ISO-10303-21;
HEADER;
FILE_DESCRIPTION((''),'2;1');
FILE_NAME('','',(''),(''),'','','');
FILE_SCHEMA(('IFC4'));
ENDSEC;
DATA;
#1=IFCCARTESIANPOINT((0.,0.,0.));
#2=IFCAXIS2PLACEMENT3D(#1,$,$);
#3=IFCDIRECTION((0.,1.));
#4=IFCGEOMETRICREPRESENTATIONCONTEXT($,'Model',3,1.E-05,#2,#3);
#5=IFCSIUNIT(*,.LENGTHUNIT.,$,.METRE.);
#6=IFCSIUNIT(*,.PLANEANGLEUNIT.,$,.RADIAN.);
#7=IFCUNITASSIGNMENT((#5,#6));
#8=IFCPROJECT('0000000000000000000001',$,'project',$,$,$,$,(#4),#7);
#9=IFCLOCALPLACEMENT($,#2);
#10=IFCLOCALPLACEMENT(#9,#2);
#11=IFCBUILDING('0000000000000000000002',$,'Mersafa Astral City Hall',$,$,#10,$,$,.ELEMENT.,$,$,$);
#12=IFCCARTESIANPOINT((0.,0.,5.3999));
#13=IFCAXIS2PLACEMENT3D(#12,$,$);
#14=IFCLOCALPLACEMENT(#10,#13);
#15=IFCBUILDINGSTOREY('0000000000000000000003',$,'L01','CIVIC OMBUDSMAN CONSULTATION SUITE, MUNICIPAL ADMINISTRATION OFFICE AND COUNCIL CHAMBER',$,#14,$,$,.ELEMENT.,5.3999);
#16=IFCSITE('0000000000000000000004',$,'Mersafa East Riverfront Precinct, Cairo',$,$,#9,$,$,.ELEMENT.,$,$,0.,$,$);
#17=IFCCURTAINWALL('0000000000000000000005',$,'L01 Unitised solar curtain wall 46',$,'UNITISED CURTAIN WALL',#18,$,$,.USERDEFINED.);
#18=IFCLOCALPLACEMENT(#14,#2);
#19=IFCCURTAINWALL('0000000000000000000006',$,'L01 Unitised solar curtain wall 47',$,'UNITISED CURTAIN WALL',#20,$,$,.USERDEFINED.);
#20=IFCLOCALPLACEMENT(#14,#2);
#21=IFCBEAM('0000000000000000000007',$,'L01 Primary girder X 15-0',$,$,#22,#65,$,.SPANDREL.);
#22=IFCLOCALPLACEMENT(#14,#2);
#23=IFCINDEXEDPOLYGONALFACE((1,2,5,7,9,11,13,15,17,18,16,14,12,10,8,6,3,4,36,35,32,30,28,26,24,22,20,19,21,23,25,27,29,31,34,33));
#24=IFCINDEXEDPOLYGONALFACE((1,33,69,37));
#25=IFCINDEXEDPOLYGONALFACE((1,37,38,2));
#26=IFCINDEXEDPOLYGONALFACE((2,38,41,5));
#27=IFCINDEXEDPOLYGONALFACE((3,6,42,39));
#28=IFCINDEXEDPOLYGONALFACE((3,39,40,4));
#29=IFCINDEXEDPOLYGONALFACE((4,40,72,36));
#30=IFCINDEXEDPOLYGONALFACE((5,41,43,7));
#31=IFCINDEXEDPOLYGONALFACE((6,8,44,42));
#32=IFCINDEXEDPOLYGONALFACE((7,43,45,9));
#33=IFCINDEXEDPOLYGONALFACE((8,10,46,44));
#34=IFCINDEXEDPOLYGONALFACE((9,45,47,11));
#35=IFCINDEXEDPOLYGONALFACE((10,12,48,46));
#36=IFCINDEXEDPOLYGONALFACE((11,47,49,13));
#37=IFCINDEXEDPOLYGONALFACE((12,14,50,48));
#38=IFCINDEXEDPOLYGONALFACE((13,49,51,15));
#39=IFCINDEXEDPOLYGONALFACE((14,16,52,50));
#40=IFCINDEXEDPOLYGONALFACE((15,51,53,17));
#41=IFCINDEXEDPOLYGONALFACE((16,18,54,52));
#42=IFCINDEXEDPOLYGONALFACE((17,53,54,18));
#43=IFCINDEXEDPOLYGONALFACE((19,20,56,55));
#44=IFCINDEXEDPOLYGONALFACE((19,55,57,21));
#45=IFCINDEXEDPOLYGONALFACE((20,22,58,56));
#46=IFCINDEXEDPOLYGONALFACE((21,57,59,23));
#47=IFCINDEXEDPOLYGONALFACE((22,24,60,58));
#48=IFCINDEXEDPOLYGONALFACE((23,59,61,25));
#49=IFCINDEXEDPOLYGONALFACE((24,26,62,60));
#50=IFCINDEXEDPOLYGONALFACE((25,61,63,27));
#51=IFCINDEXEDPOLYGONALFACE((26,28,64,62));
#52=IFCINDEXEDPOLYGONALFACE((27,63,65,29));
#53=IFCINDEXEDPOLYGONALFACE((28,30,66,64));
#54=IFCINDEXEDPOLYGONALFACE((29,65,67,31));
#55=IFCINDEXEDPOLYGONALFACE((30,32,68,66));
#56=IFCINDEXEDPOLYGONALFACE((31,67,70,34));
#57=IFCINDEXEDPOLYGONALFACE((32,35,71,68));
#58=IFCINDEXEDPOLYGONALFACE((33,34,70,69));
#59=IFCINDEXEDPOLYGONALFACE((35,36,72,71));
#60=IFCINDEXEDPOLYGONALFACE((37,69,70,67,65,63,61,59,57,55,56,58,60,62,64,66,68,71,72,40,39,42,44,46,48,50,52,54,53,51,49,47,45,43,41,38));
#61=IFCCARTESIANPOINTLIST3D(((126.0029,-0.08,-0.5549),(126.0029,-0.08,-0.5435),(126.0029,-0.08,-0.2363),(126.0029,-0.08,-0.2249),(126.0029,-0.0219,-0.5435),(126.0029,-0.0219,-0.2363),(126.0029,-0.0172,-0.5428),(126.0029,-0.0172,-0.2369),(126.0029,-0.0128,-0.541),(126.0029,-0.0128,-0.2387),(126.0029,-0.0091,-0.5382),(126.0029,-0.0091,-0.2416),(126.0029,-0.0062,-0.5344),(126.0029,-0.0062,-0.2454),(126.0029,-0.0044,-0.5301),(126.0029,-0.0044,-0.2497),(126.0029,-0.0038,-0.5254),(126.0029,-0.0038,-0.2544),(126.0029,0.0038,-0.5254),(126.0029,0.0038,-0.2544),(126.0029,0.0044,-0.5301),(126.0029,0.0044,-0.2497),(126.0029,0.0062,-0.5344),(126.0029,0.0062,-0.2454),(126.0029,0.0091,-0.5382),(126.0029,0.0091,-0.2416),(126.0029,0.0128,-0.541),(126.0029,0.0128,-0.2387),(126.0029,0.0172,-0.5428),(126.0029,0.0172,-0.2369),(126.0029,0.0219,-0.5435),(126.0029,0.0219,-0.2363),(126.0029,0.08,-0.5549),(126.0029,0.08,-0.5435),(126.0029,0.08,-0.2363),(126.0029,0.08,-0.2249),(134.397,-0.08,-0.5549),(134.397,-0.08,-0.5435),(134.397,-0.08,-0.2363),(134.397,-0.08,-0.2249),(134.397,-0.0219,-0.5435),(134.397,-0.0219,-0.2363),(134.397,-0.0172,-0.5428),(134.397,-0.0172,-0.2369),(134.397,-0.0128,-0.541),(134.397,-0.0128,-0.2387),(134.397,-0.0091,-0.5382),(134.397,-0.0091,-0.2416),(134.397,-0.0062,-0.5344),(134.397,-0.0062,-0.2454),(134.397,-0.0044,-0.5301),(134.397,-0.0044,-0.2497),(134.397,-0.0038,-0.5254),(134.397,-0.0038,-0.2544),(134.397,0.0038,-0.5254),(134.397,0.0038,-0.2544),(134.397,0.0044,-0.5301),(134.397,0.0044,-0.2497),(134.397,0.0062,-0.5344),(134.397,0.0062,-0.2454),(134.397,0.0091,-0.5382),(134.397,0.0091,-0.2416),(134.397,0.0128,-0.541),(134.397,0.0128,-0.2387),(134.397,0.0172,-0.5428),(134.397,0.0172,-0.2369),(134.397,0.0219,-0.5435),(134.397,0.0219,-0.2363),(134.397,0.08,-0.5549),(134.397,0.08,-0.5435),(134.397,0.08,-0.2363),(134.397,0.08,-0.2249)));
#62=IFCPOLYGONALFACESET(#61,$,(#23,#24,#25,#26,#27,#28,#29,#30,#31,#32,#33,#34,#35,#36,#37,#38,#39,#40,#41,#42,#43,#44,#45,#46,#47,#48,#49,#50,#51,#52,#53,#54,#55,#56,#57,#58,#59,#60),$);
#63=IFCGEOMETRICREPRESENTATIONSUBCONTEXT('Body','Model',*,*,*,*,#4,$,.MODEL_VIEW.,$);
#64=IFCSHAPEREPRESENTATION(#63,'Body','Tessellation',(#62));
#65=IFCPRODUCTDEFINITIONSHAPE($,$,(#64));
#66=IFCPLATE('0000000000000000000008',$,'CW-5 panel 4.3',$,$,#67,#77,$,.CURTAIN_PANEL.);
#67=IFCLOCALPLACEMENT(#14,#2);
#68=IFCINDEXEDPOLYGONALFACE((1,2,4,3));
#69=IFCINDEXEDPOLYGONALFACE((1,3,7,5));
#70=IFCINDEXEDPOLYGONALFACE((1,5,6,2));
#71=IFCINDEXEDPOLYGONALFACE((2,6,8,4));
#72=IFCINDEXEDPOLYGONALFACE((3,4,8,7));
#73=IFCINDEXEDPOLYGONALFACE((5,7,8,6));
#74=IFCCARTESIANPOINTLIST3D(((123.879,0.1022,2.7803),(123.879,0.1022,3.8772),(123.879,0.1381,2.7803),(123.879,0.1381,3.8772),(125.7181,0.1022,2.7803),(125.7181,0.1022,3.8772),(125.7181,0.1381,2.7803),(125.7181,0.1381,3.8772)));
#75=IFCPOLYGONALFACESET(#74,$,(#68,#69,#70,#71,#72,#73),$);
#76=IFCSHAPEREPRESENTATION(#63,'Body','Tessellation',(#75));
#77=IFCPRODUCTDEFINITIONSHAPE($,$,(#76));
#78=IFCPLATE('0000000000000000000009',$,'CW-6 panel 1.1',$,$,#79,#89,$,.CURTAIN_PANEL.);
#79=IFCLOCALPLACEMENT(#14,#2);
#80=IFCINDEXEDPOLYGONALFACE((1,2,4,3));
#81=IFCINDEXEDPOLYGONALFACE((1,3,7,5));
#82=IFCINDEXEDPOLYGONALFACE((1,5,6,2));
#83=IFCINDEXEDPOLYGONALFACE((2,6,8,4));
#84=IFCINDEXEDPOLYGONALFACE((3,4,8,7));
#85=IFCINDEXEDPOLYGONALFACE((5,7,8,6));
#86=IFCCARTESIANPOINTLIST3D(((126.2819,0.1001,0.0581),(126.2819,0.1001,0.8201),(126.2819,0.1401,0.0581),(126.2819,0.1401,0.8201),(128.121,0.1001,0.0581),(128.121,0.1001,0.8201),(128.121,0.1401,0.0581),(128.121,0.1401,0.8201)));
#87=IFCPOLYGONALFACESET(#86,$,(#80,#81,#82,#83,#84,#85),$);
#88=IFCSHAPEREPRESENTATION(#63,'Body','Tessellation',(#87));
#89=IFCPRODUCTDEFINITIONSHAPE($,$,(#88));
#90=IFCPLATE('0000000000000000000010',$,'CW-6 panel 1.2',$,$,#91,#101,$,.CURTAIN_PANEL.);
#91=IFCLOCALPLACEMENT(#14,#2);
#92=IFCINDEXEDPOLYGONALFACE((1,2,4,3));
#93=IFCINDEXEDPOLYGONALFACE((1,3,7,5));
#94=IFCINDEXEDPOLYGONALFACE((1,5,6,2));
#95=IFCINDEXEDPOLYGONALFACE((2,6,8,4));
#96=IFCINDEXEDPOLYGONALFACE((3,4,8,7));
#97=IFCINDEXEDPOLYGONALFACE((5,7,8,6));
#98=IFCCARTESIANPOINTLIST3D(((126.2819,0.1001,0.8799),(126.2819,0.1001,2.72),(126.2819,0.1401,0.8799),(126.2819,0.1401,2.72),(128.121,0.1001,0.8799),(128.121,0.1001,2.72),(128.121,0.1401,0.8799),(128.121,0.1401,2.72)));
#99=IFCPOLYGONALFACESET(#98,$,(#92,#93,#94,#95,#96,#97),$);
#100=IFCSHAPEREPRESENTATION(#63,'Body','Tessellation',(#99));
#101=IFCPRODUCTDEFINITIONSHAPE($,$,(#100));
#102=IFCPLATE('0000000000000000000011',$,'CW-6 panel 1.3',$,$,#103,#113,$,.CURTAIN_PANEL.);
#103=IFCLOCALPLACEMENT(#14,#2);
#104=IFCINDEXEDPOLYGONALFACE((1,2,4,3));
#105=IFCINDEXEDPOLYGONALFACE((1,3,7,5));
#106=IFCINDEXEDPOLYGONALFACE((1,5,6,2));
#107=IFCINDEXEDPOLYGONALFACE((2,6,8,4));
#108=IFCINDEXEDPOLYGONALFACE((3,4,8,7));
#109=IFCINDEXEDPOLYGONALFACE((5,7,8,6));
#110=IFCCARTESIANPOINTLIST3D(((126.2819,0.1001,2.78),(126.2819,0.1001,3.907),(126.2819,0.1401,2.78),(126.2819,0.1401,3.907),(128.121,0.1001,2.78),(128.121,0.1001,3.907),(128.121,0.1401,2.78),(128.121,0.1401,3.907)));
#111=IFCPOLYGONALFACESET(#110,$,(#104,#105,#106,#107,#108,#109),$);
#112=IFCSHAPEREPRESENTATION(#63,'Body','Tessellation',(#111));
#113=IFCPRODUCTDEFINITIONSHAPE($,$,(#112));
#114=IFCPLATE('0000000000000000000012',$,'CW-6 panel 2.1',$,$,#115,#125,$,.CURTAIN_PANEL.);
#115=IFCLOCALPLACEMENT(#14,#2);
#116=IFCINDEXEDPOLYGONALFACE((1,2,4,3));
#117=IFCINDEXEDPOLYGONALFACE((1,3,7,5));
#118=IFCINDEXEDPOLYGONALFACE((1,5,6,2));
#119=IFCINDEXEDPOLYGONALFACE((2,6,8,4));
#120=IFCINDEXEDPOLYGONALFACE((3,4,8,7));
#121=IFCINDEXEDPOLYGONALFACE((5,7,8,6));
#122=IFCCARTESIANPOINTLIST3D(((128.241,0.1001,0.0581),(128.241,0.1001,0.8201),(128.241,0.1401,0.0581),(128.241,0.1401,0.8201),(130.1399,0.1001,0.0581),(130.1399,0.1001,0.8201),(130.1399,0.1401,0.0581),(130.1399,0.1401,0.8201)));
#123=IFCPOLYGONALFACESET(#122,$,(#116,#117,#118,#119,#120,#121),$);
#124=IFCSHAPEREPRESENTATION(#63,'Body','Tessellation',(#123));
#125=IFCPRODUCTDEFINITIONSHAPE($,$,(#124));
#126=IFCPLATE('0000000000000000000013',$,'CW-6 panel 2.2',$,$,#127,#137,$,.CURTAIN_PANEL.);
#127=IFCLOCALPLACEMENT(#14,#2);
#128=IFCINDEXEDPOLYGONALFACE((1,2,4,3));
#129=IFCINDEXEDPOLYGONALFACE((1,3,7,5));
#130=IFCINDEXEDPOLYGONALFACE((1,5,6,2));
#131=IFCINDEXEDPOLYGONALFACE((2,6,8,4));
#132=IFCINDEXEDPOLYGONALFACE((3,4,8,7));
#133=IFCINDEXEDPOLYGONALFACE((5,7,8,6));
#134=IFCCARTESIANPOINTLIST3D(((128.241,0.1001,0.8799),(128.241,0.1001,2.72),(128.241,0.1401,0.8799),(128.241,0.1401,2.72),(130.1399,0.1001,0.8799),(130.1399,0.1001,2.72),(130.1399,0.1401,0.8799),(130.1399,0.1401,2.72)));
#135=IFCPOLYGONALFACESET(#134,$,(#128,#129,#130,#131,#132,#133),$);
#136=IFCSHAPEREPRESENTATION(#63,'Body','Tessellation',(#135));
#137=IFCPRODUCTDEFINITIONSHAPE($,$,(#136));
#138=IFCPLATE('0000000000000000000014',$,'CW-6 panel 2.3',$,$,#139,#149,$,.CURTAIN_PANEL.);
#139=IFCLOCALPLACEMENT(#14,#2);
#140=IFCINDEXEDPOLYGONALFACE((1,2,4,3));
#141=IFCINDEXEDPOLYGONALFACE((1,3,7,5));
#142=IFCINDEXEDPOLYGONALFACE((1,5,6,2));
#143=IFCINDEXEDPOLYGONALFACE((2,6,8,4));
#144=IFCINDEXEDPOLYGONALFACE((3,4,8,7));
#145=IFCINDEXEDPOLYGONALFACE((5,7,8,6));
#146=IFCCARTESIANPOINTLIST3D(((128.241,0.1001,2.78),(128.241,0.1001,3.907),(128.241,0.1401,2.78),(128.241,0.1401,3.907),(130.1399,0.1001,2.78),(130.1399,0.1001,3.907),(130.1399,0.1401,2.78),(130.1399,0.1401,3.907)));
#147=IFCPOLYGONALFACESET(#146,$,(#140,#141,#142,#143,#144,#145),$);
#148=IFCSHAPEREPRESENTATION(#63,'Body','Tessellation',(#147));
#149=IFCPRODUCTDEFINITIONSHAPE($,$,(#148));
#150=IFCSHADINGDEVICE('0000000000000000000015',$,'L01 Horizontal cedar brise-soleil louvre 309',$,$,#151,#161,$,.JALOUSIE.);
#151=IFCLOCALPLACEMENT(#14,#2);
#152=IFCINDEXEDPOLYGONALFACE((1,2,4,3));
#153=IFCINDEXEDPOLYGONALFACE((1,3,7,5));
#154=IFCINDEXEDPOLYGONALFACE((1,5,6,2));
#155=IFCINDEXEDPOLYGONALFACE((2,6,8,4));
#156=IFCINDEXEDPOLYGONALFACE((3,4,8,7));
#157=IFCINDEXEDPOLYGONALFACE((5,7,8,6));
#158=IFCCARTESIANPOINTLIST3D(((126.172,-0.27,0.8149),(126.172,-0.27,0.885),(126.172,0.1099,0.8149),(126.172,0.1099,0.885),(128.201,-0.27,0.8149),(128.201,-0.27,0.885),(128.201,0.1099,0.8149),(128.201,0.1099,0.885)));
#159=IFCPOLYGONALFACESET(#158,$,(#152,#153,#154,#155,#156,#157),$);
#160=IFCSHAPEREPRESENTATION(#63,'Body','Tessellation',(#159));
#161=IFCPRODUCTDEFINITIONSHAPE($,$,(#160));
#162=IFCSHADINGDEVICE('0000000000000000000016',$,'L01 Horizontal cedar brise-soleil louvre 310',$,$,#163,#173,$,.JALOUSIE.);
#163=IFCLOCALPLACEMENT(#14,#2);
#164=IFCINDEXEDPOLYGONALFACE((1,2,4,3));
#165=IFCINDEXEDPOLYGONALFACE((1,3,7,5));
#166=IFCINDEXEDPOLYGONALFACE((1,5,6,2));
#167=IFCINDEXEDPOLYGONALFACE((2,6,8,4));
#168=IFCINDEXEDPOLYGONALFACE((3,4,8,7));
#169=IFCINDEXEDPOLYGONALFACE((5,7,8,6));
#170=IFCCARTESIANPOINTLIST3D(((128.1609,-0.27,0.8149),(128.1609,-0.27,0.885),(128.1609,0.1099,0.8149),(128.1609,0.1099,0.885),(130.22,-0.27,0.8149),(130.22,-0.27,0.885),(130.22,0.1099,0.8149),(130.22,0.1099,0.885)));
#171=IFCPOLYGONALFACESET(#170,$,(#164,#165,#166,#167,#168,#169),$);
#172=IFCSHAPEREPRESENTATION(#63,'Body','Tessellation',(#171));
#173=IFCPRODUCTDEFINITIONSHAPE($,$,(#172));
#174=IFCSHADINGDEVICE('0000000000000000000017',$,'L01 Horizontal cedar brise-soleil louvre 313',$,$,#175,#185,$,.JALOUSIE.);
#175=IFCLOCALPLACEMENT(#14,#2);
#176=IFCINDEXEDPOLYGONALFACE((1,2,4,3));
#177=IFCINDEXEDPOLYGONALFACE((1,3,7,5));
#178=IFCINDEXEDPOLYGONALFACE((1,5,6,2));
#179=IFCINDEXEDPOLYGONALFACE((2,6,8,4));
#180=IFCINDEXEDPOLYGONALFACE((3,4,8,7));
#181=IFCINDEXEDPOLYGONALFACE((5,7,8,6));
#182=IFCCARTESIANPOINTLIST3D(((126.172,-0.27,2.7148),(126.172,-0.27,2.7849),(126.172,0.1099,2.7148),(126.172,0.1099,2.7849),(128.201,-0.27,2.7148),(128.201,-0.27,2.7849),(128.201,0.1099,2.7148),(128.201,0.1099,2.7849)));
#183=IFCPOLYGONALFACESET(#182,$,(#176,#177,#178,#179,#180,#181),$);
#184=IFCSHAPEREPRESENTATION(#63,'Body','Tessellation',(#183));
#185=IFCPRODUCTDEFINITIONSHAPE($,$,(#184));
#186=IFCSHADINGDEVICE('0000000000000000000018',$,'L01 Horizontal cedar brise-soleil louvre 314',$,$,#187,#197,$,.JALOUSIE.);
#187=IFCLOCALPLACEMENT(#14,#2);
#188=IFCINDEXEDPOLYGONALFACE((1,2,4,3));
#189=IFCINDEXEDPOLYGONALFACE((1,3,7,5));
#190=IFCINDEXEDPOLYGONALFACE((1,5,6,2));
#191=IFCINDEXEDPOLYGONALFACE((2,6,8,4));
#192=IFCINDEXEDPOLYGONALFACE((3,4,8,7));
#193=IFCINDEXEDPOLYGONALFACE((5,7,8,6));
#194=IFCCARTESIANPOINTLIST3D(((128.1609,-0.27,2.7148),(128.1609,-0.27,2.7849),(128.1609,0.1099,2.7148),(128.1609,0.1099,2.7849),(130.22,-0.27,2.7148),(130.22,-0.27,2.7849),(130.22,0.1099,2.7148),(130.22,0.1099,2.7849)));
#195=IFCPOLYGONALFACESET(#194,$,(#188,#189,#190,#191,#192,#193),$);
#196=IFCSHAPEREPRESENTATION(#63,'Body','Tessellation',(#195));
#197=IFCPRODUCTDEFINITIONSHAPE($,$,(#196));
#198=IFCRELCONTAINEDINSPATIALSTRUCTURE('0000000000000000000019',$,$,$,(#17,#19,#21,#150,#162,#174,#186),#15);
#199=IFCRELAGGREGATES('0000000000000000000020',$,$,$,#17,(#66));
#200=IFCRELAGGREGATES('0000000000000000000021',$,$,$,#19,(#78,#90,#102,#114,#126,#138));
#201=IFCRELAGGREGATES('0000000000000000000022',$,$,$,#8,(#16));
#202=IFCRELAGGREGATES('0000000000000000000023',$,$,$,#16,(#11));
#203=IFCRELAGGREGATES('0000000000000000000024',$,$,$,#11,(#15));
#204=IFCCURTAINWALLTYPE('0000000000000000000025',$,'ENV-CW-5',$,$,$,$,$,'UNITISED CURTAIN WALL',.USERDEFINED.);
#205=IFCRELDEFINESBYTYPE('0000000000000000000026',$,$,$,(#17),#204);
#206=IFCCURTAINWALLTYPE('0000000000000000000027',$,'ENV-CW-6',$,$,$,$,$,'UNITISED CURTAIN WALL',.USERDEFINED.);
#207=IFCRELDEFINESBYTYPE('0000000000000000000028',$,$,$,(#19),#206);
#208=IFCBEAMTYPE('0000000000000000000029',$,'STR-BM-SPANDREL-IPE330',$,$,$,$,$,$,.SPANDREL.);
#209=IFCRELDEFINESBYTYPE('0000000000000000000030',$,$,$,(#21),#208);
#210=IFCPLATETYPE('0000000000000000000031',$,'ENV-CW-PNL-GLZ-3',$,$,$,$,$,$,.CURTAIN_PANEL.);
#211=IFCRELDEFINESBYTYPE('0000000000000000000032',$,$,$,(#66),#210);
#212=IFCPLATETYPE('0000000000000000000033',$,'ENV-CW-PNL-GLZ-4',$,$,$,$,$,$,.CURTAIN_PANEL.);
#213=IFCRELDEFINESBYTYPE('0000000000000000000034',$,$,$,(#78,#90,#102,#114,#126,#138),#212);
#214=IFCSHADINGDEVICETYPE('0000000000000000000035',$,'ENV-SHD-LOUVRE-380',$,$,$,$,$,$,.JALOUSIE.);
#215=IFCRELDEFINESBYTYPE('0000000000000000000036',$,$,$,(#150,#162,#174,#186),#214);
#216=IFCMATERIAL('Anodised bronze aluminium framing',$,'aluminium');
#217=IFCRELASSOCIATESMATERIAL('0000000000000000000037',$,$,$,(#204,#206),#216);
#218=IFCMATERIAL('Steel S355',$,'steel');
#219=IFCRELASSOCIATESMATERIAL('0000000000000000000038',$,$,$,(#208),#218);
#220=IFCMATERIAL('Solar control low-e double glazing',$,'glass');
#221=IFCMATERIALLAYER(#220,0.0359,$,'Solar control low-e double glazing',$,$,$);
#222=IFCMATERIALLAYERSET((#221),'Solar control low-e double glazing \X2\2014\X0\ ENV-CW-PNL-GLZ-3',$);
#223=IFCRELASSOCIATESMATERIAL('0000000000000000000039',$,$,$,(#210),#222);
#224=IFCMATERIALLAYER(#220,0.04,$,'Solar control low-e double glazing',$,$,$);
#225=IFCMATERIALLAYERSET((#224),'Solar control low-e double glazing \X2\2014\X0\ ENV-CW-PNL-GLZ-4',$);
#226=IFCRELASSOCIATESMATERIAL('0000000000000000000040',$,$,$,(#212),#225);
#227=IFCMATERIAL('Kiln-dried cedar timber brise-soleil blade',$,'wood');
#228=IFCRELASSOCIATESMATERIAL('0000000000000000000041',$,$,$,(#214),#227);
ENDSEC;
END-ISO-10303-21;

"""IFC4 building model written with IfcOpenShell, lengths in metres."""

from ifc_helpers import new_model, si_unit, direction, frame, origin, origin_2d, place, context, subcontext, project, spatial, rectangle, i_section, extrude, material, layer, layer_set, material_profile, profile_set, type_object, element, aggregate, save


model = new_model("IFC4")

# Units and contexts
model_context = context("Model", 3, precision=1e-05, world=origin(), true_north=direction((0.0, 1.0)))
body_context = subcontext(model_context, "Body", "Model", "MODEL_VIEW")
ifc_project = project(units=[si_unit("LENGTHUNIT", "METRE"), si_unit("PLANEANGLEUNIT", "RADIAN")], contexts=[model_context])

# Site, building, storey
site_placement = place(None, origin())
site = spatial("IfcSite", under=ifc_project, at=site_placement, Name="Mersafa East Riverfront Precinct, Cairo", CompositionType="ELEMENT", RefElevation=0.0)
building_placement = place(site_placement, origin())
building = spatial("IfcBuilding", under=site, at=building_placement, Name="Mersafa Astral City Hall", CompositionType="ELEMENT")
storey_placement = place(building_placement, frame((0.0, 0.0, 5.3999)))
storey = spatial("IfcBuildingStorey", under=building, at=storey_placement, Name="L01", Description="CIVIC OMBUDSMAN CONSULTATION SUITE, MUNICIPAL ADMINISTRATION OFFICE AND COUNCIL CHAMBER", CompositionType="ELEMENT", Elevation=5.3999)

# Shared definitions
ifc_material_1 = material(Name="Steel S355", Category="steel")

# Curtain wall
ifc_material_2 = material(Name="Anodised bronze aluminium framing", Category="aluminium")
curtain_wall_type_1 = type_object("IfcCurtainWallType", Name="ENV-CW-5", ElementType="UNITISED CURTAIN WALL", PredefinedType="USERDEFINED", material=ifc_material_2)
curtain_wall_1_placement = place(storey_placement, origin())
curtain_wall_1 = element("IfcCurtainWall", 1, at=curtain_wall_1_placement, inside=storey, type_object=curtain_wall_type_1, Name="L01 Unitised solar curtain wall 46", ObjectType="UNITISED CURTAIN WALL", PredefinedType="USERDEFINED")

# Curtain wall
curtain_wall_type_2 = type_object("IfcCurtainWallType", Name="ENV-CW-6", ElementType="UNITISED CURTAIN WALL", PredefinedType="USERDEFINED", material=ifc_material_2)
curtain_wall_2_placement = place(storey_placement, origin())
curtain_wall_2 = element("IfcCurtainWall", 2, at=curtain_wall_2_placement, inside=storey, type_object=curtain_wall_type_2, Name="L01 Unitised solar curtain wall 47", ObjectType="UNITISED CURTAIN WALL", PredefinedType="USERDEFINED")

# Beam
ifc_material_profile_1 = material_profile(ifc_material_1, i_section(OverallWidth=0.1599, OverallDepth=0.3301, WebThickness=0.0076, FlangeThickness=0.0115, FilletRadius=0.0181, at=origin_2d()), Name="IPE 330")
ifc_profile_set_1 = profile_set([ifc_material_profile_1], Name="Steel S355")
beam_type_1 = type_object("IfcBeamType", Name="STR-BM-SPANDREL-IPE330", PredefinedType="SPANDREL", material=ifc_profile_set_1)
beam_1_placement = place(storey_placement, frame((126.0029, 0.0, -0.3899), z_axis=(1.0, 0.0, 0.0), x_axis=(0.0, 1.0, 0.0)))
element("IfcBeam", 3, at=beam_1_placement, inside=storey, type_object=beam_type_1, Name="L01 Primary girder X 15-0", PredefinedType="SPANDREL", context=body_context, shape_type="SweptSolid", body=[
    extrude(i_section(OverallWidth=0.1599, OverallDepth=0.3301, WebThickness=0.0076, FlangeThickness=0.0115, FilletRadius=0.0181, at=origin_2d()), origin(), (0.0, 0.0, 1.0), 8.394),
])

# Plates
ifc_material_3 = material(Name="Solar control low-e double glazing", Category="glass")
ifc_layer_1 = layer(ifc_material_3, 0.0359, Name="Solar control low-e double glazing")
ifc_layer_set_1 = layer_set([ifc_layer_1], Name="Solar control low-e double glazing — ENV-CW-PNL-GLZ-3")
plate_type_1 = type_object("IfcPlateType", Name="ENV-CW-PNL-GLZ-3", PredefinedType="CURTAIN_PANEL", material=ifc_layer_set_1)
plate_1_placement = place(storey_placement, frame((124.7986, 0.1201, 2.7803), z_axis=(0.0, 0.0, 1.0), x_axis=(1.0, 0.0, 0.0)))
plate_1 = element("IfcPlate", 4, at=plate_1_placement, type_object=plate_type_1, Name="CW-5 panel 4.3", PredefinedType="CURTAIN_PANEL", context=body_context, shape_type="SweptSolid", body=[
    extrude(rectangle(XDim=1.8391, YDim=0.0359, at=origin_2d()), origin(), (0.0, 0.0, 1.0), 1.0969),
])
aggregate(curtain_wall_1, [plate_1])
ifc_layer_2 = layer(ifc_material_3, 0.04, Name="Solar control low-e double glazing")
ifc_layer_set_2 = layer_set([ifc_layer_2], Name="Solar control low-e double glazing — ENV-CW-PNL-GLZ-4")
plate_type_2 = type_object("IfcPlateType", Name="ENV-CW-PNL-GLZ-4", PredefinedType="CURTAIN_PANEL", material=ifc_layer_set_2)
plate_2_placement = place(storey_placement, frame((127.2014, 0.1201, 0.0581), z_axis=(0.0, 0.0, 1.0), x_axis=(1.0, 0.0, 0.0)))
plate_2 = element("IfcPlate", 5, at=plate_2_placement, type_object=plate_type_2, Name="CW-6 panel 1.1", PredefinedType="CURTAIN_PANEL", context=body_context, shape_type="SweptSolid", body=[
    extrude(rectangle(XDim=1.8391, YDim=0.04, at=origin_2d()), origin(), (0.0, 0.0, 1.0), 0.762),
])
plate_3_placement = place(storey_placement, frame((127.2014, 0.1201, 0.8799), z_axis=(0.0, 0.0, 1.0), x_axis=(1.0, 0.0, 0.0)))
plate_3 = element("IfcPlate", 6, at=plate_3_placement, type_object=plate_type_2, Name="CW-6 panel 1.2", PredefinedType="CURTAIN_PANEL", context=body_context, shape_type="SweptSolid", body=[
    extrude(rectangle(XDim=1.8391, YDim=0.04, at=origin_2d()), origin(), (0.0, 0.0, 1.0), 1.8401),
])
plate_4_placement = place(storey_placement, frame((127.2014, 0.1201, 2.78), z_axis=(0.0, 0.0, 1.0), x_axis=(1.0, 0.0, 0.0)))
plate_4 = element("IfcPlate", 7, at=plate_4_placement, type_object=plate_type_2, Name="CW-6 panel 1.3", PredefinedType="CURTAIN_PANEL", context=body_context, shape_type="SweptSolid", body=[
    extrude(rectangle(XDim=1.8391, YDim=0.04, at=origin_2d()), origin(), (0.0, 0.0, 1.0), 1.127),
])
plate_5_placement = place(storey_placement, frame((129.1904, 0.1201, 0.0581), z_axis=(0.0, 0.0, 1.0), x_axis=(1.0, 0.0, 0.0)))
plate_5 = element("IfcPlate", 8, at=plate_5_placement, type_object=plate_type_2, Name="CW-6 panel 2.1", PredefinedType="CURTAIN_PANEL", context=body_context, shape_type="SweptSolid", body=[
    extrude(rectangle(XDim=1.8989, YDim=0.04, at=origin_2d()), origin(), (0.0, 0.0, 1.0), 0.762),
])
plate_6_placement = place(storey_placement, frame((129.1904, 0.1201, 0.8799), z_axis=(0.0, 0.0, 1.0), x_axis=(1.0, 0.0, 0.0)))
plate_6 = element("IfcPlate", 9, at=plate_6_placement, type_object=plate_type_2, Name="CW-6 panel 2.2", PredefinedType="CURTAIN_PANEL", context=body_context, shape_type="SweptSolid", body=[
    extrude(rectangle(XDim=1.8989, YDim=0.04, at=origin_2d()), origin(), (0.0, 0.0, 1.0), 1.8401),
])
plate_7_placement = place(storey_placement, frame((129.1904, 0.1201, 2.78), z_axis=(0.0, 0.0, 1.0), x_axis=(1.0, 0.0, 0.0)))
plate_7 = element("IfcPlate", 10, at=plate_7_placement, type_object=plate_type_2, Name="CW-6 panel 2.3", PredefinedType="CURTAIN_PANEL", context=body_context, shape_type="SweptSolid", body=[
    extrude(rectangle(XDim=1.8989, YDim=0.04, at=origin_2d()), origin(), (0.0, 0.0, 1.0), 1.127),
])
aggregate(curtain_wall_2, [plate_2, plate_3, plate_4, plate_5, plate_6, plate_7])

# Shading devices
ifc_material_4 = material(Name="Kiln-dried cedar timber brise-soleil blade", Category="wood")
shading_device_type_1 = type_object("IfcShadingDeviceType", Name="ENV-SHD-LOUVRE-380", PredefinedType="JALOUSIE", material=ifc_material_4)
shading_device_1_placement = place(storey_placement, frame((127.1865, -0.0801, 0.8149), z_axis=(0.0, 0.0, 1.0), x_axis=(1.0, 0.0, 0.0)))
element("IfcShadingDevice", 11, at=shading_device_1_placement, inside=storey, type_object=shading_device_type_1, Name="L01 Horizontal cedar brise-soleil louvre 309", PredefinedType="JALOUSIE", context=body_context, shape_type="SweptSolid", body=[
    extrude(rectangle(XDim=2.0291, YDim=0.3799, at=origin_2d()), origin(), (0.0, 0.0, 1.0), 0.0701),
])
shading_device_2_placement = place(storey_placement, frame((129.1904, -0.0801, 0.8149), z_axis=(0.0, 0.0, 1.0), x_axis=(1.0, 0.0, 0.0)))
element("IfcShadingDevice", 12, at=shading_device_2_placement, inside=storey, type_object=shading_device_type_1, Name="L01 Horizontal cedar brise-soleil louvre 310", PredefinedType="JALOUSIE", context=body_context, shape_type="SweptSolid", body=[
    extrude(rectangle(XDim=2.0591, YDim=0.3799, at=origin_2d()), origin(), (0.0, 0.0, 1.0), 0.0701),
])
shading_device_3_placement = place(storey_placement, frame((127.1865, -0.0801, 2.7148), z_axis=(0.0, 0.0, 1.0), x_axis=(1.0, 0.0, 0.0)))
element("IfcShadingDevice", 13, at=shading_device_3_placement, inside=storey, type_object=shading_device_type_1, Name="L01 Horizontal cedar brise-soleil louvre 313", PredefinedType="JALOUSIE", context=body_context, shape_type="SweptSolid", body=[
    extrude(rectangle(XDim=2.0291, YDim=0.3799, at=origin_2d()), origin(), (0.0, 0.0, 1.0), 0.0701),
])
shading_device_4_placement = place(storey_placement, frame((129.1904, -0.0801, 2.7148), z_axis=(0.0, 0.0, 1.0), x_axis=(1.0, 0.0, 0.0)))
element("IfcShadingDevice", 14, at=shading_device_4_placement, inside=storey, type_object=shading_device_type_1, Name="L01 Horizontal cedar brise-soleil louvre 314", PredefinedType="JALOUSIE", context=body_context, shape_type="SweptSolid", body=[
    extrude(rectangle(XDim=2.0591, YDim=0.3799, at=origin_2d()), origin(), (0.0, 0.0, 1.0), 0.0701),
])

save(model, "model.ifc")
